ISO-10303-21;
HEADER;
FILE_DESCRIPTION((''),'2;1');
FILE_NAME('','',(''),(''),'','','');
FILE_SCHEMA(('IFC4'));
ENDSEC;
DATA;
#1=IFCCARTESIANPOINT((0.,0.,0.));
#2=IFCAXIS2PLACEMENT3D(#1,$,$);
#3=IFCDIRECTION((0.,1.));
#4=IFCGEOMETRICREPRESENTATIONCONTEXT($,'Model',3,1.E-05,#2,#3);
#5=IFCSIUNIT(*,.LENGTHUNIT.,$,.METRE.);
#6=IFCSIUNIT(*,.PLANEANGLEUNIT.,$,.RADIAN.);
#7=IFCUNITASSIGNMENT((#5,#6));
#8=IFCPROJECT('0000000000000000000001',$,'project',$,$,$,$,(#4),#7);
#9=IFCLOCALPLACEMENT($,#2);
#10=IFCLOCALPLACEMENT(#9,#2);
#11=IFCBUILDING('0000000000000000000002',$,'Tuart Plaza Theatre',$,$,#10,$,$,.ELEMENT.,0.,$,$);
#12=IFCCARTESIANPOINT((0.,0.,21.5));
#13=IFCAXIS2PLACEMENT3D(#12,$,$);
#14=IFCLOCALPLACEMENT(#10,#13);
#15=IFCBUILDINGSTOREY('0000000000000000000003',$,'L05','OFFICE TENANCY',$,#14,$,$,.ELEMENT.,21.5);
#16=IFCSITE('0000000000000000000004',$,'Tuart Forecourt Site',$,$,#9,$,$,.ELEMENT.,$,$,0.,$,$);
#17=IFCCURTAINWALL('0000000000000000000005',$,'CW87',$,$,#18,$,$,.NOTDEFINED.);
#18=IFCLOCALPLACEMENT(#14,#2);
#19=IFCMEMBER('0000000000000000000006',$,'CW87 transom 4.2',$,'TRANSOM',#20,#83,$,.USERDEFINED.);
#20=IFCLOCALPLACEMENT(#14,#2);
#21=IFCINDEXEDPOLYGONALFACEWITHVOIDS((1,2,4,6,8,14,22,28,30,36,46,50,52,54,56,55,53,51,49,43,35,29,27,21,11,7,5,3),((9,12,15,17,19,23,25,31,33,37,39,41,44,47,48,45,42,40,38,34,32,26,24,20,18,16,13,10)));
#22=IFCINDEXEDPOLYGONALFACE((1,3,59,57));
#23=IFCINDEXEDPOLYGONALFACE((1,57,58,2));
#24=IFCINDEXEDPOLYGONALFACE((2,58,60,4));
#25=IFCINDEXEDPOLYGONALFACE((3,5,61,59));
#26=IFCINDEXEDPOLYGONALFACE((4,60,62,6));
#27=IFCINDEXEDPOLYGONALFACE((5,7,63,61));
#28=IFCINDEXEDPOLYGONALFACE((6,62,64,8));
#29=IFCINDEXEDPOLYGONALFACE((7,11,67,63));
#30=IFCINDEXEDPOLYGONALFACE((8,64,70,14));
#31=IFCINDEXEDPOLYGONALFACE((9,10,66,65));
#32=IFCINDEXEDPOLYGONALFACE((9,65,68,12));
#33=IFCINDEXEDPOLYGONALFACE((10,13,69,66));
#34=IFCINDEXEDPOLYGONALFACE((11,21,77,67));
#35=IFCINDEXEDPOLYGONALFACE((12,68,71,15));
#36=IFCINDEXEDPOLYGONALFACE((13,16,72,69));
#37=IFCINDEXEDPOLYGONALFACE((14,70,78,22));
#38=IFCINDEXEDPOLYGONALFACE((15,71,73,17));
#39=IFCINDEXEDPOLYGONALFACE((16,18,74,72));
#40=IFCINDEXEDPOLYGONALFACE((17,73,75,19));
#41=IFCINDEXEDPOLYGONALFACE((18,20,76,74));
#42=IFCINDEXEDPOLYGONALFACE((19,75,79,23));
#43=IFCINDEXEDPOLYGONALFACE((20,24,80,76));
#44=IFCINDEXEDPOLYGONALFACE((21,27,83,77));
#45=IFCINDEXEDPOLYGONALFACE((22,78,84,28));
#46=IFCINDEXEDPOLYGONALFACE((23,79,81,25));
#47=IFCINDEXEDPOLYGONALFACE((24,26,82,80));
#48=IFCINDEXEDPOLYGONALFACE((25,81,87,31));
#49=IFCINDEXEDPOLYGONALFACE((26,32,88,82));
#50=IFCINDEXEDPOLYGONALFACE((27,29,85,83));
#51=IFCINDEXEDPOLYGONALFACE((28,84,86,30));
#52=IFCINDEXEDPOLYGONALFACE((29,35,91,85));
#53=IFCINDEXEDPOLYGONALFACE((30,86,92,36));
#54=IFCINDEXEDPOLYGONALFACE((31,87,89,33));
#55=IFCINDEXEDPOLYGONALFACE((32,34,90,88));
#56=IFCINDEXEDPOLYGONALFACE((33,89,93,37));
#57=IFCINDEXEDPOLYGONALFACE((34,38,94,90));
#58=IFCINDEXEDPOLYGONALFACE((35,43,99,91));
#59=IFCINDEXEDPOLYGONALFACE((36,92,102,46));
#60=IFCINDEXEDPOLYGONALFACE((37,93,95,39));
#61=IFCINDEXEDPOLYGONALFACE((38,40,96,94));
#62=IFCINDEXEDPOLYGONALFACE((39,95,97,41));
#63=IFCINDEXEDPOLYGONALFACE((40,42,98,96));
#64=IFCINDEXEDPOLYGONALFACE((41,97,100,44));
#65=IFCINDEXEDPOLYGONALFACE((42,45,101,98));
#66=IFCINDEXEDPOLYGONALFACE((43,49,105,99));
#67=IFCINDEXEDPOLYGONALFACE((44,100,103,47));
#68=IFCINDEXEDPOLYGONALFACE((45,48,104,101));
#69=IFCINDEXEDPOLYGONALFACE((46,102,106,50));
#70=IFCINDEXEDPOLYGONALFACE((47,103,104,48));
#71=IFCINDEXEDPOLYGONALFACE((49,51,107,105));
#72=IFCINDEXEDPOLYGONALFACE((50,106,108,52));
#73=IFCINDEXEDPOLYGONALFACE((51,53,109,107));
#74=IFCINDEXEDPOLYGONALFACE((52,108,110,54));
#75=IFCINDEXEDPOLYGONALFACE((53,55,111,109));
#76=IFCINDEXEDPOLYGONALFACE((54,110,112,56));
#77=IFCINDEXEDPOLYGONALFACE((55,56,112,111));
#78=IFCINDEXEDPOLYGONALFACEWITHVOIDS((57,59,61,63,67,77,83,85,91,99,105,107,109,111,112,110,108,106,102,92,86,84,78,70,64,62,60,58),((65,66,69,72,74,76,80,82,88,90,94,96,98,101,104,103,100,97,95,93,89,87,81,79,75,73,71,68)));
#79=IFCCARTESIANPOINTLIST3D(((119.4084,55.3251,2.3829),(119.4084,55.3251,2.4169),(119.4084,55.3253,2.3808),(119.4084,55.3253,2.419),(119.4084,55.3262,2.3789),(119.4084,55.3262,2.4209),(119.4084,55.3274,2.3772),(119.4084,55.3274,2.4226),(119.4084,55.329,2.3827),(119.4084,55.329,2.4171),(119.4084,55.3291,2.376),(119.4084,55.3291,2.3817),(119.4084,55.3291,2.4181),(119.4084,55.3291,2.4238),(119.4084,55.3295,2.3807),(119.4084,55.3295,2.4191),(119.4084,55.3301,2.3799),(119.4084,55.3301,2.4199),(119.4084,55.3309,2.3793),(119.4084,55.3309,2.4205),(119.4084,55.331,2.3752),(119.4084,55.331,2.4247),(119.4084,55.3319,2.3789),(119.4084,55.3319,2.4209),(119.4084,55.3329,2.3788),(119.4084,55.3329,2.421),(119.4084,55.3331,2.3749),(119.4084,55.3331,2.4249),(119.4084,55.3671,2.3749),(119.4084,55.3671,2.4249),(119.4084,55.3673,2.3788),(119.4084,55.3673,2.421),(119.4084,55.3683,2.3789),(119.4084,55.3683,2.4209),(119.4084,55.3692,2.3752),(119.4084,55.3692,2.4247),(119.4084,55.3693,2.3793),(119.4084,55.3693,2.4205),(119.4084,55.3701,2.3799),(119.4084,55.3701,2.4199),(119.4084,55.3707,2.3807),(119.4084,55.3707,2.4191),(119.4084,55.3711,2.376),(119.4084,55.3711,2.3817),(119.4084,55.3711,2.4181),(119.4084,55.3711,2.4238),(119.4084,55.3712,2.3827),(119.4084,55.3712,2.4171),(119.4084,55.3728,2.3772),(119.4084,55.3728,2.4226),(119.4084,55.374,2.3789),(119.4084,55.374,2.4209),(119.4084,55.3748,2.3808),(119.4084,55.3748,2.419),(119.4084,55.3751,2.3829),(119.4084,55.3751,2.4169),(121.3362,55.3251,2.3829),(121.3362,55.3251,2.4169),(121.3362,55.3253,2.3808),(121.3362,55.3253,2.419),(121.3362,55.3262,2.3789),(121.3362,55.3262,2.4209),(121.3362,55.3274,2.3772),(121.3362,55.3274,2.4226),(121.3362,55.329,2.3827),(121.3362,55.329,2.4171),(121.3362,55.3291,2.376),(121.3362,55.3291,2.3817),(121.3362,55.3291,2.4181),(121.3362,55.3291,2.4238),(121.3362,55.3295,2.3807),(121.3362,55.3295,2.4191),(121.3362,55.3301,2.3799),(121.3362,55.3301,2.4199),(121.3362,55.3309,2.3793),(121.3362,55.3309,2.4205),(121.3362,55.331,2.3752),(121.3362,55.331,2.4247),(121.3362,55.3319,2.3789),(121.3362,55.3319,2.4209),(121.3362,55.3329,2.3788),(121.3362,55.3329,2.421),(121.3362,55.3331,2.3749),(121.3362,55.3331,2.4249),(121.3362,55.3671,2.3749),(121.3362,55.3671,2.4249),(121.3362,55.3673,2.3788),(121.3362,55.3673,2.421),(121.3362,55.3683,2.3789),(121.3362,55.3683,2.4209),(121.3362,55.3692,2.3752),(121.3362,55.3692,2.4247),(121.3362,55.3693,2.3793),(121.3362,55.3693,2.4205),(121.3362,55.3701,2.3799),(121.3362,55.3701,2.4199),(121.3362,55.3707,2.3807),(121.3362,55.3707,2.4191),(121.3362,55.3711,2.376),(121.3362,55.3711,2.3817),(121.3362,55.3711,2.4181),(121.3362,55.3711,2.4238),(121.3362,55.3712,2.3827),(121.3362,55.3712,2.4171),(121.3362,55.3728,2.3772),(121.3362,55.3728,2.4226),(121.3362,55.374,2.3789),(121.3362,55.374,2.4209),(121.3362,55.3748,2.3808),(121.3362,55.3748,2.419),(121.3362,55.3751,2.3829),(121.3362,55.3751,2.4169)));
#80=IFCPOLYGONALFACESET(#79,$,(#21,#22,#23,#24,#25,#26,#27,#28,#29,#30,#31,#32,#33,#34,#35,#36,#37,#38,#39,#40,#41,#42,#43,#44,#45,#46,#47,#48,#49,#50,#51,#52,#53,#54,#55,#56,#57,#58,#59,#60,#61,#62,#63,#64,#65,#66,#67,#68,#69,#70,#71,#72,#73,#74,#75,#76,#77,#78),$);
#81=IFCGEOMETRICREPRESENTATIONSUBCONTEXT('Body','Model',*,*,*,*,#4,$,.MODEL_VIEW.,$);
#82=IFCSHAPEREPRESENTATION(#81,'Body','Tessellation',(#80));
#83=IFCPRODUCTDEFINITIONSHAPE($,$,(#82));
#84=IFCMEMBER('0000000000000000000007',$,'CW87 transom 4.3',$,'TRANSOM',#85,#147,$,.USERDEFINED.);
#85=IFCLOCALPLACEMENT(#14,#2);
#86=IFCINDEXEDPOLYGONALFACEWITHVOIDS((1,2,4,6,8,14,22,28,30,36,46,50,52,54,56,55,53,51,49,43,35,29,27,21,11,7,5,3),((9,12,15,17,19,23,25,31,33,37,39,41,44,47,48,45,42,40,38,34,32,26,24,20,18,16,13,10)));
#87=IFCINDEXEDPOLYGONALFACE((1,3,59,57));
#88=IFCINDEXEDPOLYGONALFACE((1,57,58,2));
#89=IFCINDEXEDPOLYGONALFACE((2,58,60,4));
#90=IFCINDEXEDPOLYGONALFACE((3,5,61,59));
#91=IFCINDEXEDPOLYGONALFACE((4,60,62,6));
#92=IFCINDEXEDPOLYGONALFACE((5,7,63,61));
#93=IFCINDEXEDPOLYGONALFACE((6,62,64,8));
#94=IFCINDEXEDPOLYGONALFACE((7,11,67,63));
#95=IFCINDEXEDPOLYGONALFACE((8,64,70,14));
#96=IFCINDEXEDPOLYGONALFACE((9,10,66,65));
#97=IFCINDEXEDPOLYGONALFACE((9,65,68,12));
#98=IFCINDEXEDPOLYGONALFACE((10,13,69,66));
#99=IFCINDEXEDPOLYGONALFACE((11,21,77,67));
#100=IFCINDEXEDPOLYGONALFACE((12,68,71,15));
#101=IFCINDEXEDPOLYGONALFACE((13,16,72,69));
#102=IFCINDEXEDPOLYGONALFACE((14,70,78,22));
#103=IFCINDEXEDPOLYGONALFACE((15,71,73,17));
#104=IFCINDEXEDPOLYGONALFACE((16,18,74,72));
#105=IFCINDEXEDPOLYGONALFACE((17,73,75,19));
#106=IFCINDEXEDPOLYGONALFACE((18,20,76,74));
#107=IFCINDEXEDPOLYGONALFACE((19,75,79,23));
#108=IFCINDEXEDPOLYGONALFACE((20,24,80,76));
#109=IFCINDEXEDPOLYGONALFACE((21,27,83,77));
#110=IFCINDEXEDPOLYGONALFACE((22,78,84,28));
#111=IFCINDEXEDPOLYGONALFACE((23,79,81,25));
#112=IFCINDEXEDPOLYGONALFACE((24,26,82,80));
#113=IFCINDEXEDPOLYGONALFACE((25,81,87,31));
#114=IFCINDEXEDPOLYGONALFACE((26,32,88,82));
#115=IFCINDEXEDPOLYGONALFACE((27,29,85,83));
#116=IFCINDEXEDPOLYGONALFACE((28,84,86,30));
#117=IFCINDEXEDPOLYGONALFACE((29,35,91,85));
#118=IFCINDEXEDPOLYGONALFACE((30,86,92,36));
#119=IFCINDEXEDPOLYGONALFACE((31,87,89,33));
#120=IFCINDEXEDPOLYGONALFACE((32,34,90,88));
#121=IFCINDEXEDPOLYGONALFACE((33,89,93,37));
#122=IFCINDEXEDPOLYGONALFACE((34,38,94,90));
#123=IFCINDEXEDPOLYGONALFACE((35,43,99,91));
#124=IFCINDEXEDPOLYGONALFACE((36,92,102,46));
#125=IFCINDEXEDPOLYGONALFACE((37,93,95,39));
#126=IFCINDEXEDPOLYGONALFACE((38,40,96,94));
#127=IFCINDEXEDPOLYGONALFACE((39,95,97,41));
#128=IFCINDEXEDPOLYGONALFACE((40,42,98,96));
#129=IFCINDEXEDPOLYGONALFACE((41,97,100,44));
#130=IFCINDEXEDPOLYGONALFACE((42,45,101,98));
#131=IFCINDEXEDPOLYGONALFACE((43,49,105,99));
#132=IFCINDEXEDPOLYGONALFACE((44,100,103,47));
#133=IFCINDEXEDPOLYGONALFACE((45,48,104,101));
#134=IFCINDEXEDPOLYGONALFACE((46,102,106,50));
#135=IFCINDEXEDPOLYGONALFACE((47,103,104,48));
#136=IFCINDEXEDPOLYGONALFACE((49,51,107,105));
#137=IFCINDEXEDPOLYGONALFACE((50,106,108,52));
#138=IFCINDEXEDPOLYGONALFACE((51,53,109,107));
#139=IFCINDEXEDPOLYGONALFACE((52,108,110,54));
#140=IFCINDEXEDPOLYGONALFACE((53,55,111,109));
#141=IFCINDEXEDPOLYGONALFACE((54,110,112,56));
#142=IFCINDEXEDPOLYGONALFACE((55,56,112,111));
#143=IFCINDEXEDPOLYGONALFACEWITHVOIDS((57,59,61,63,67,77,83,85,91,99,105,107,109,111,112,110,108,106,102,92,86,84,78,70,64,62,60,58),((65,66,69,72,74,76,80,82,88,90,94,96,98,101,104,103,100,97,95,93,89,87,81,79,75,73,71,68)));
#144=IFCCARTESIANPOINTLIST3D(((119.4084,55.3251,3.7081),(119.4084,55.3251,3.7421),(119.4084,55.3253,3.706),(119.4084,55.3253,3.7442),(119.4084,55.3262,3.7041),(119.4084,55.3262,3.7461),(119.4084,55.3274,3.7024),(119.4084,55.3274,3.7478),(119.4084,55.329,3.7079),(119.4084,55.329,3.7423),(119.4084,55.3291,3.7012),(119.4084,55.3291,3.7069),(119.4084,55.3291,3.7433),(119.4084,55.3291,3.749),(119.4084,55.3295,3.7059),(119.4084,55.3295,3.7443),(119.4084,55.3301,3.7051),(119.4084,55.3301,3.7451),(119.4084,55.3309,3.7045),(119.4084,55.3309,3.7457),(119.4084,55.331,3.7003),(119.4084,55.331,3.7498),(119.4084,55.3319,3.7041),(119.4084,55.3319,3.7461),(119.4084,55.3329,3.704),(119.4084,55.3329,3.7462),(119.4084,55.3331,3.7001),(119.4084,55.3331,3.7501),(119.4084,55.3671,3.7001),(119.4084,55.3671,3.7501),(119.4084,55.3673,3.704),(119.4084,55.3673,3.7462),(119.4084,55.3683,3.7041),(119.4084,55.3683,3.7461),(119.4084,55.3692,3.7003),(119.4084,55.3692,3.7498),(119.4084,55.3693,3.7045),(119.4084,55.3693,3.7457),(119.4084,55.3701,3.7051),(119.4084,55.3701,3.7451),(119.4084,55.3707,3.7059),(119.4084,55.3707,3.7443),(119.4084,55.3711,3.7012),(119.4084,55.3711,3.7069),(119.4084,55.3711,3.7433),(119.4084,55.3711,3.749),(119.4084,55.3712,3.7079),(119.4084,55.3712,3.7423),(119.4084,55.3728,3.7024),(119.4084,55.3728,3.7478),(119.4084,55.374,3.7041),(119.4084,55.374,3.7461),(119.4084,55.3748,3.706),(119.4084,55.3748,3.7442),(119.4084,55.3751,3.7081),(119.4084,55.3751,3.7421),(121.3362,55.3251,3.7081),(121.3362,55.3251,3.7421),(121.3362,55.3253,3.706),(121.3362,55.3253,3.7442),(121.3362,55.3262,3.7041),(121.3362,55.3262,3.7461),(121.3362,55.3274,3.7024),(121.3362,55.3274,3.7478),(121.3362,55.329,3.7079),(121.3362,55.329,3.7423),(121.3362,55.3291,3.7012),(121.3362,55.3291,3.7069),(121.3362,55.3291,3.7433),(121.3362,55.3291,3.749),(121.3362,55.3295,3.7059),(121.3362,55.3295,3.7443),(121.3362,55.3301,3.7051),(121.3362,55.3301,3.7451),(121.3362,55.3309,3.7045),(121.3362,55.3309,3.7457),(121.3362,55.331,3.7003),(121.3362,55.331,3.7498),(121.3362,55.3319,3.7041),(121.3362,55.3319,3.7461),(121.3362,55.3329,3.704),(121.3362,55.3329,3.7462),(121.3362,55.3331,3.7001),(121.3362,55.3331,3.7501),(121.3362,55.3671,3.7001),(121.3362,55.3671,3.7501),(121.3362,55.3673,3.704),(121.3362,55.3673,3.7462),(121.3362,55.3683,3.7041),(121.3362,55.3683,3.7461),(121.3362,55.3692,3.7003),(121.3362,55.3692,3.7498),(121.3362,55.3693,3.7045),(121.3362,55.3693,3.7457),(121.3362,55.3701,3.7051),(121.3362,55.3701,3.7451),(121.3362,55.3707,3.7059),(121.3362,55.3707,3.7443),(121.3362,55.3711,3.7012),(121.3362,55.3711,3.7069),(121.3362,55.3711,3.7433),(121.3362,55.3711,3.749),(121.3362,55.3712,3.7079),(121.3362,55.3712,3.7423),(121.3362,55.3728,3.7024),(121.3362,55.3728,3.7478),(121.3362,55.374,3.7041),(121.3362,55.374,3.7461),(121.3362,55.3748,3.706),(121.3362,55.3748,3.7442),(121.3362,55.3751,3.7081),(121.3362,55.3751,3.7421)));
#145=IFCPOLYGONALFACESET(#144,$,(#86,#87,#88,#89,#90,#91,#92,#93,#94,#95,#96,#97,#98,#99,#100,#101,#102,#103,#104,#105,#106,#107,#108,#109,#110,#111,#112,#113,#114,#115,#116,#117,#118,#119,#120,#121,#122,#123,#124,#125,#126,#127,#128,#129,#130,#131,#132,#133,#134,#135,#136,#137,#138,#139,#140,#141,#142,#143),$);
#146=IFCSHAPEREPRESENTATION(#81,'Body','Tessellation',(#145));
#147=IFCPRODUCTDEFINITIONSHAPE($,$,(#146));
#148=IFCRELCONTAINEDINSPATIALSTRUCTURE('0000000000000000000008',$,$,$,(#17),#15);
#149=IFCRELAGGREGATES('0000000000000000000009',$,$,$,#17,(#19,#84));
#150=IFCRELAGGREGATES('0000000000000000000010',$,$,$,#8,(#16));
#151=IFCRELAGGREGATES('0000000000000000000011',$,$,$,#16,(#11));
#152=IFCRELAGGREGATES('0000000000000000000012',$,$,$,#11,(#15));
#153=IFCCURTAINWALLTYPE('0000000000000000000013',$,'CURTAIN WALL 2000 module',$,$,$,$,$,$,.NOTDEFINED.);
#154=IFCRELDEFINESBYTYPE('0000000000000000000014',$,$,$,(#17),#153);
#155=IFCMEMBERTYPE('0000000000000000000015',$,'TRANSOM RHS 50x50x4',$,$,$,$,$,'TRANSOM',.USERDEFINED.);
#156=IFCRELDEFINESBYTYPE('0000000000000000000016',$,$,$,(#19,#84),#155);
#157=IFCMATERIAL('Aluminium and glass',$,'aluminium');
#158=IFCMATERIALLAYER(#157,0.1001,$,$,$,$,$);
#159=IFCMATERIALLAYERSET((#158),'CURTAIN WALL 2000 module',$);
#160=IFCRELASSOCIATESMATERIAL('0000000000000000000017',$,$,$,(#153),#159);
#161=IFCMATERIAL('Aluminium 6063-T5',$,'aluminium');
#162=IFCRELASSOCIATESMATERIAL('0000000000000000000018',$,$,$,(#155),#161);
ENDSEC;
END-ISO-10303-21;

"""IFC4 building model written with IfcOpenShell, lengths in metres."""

from ifc_helpers import new_model, si_unit, direction, frame, origin, origin_2d, place, context, subcontext, project, spatial, hollow_rectangle, extrude, material, layer, layer_set, material_profile, profile_set, type_object, element, aggregate, save


model = new_model("IFC4")

# Units and contexts
model_context = context("Model", 3, precision=1e-05, world=origin(), true_north=direction((0.0, 1.0)))
body_context = subcontext(model_context, "Body", "Model", "MODEL_VIEW")
ifc_project = project(units=[si_unit("LENGTHUNIT", "METRE"), si_unit("PLANEANGLEUNIT", "RADIAN")], contexts=[model_context])

# Site, building, storey
site_placement = place(None, origin())
site = spatial("IfcSite", under=ifc_project, at=site_placement, Name="Tuart Forecourt Site", CompositionType="ELEMENT", RefElevation=0.0)
building_placement = place(site_placement, origin())
building = spatial("IfcBuilding", under=site, at=building_placement, Name="Tuart Plaza Theatre", CompositionType="ELEMENT", ElevationOfRefHeight=0.0)
storey_placement = place(building_placement, frame((0.0, 0.0, 21.5)))
storey = spatial("IfcBuildingStorey", under=building, at=storey_placement, Name="L05", Description="OFFICE TENANCY", CompositionType="ELEMENT", Elevation=21.5)

# Curtain wall, members
ifc_material_1 = material(Name="Aluminium and glass", Category="aluminium")
ifc_layer_1 = layer(ifc_material_1, 0.1001)
ifc_layer_set_1 = layer_set([ifc_layer_1], Name="CURTAIN WALL 2000 module")
curtain_wall_type = type_object("IfcCurtainWallType", Name="CURTAIN WALL 2000 module", PredefinedType="NOTDEFINED", material=ifc_layer_set_1)
curtain_wall_placement = place(storey_placement, origin())
curtain_wall = element("IfcCurtainWall", 1, at=curtain_wall_placement, inside=storey, type_object=curtain_wall_type, Name="CW87", PredefinedType="NOTDEFINED")
ifc_material_2 = material(Name="Aluminium 6063-T5", Category="aluminium")
ifc_material_profile_1 = material_profile(ifc_material_2, hollow_rectangle(XDim=0.05, YDim=0.05, WallThickness=0.0039, InnerFilletRadius=0.0039, OuterFilletRadius=0.0081, at=origin_2d()), Name="RHS 50x50x4")
ifc_profile_set_1 = profile_set([ifc_material_profile_1], Name="Aluminium 6063-T5")
member_type_1 = type_object("IfcMemberType", Name="TRANSOM RHS 50x50x4", ElementType="TRANSOM", PredefinedType="USERDEFINED", material=ifc_profile_set_1)
member_1_placement = place(storey_placement, frame((119.4084, 55.3501, 2.3999), z_axis=(1.0, 0.0, 0.0), x_axis=(0.0, 1.0, 0.0)))
member_1 = element("IfcMember", 2, at=member_1_placement, type_object=member_type_1, Name="CW87 transom 4.2", ObjectType="TRANSOM", PredefinedType="USERDEFINED", context=body_context, shape_type="SweptSolid", body=[
    extrude(hollow_rectangle(XDim=0.05, YDim=0.05, WallThickness=0.0039, InnerFilletRadius=0.0039, OuterFilletRadius=0.0081, at=origin_2d()), origin(), (0.0, 0.0, 1.0), 1.9277),
])
member_2_placement = place(storey_placement, frame((119.4084, 55.3501, 3.7251), z_axis=(1.0, 0.0, 0.0), x_axis=(0.0, 1.0, 0.0)))
member_2 = element("IfcMember", 3, at=member_2_placement, type_object=member_type_1, Name="CW87 transom 4.3", ObjectType="TRANSOM", PredefinedType="USERDEFINED", context=body_context, shape_type="SweptSolid", body=[
    extrude(hollow_rectangle(XDim=0.05, YDim=0.05, WallThickness=0.0039, InnerFilletRadius=0.0039, OuterFilletRadius=0.0081, at=origin_2d()), origin(), (0.0, 0.0, 1.0), 1.9277),
])
aggregate(curtain_wall, [member_1, member_2])

save(model, "model.ifc")
